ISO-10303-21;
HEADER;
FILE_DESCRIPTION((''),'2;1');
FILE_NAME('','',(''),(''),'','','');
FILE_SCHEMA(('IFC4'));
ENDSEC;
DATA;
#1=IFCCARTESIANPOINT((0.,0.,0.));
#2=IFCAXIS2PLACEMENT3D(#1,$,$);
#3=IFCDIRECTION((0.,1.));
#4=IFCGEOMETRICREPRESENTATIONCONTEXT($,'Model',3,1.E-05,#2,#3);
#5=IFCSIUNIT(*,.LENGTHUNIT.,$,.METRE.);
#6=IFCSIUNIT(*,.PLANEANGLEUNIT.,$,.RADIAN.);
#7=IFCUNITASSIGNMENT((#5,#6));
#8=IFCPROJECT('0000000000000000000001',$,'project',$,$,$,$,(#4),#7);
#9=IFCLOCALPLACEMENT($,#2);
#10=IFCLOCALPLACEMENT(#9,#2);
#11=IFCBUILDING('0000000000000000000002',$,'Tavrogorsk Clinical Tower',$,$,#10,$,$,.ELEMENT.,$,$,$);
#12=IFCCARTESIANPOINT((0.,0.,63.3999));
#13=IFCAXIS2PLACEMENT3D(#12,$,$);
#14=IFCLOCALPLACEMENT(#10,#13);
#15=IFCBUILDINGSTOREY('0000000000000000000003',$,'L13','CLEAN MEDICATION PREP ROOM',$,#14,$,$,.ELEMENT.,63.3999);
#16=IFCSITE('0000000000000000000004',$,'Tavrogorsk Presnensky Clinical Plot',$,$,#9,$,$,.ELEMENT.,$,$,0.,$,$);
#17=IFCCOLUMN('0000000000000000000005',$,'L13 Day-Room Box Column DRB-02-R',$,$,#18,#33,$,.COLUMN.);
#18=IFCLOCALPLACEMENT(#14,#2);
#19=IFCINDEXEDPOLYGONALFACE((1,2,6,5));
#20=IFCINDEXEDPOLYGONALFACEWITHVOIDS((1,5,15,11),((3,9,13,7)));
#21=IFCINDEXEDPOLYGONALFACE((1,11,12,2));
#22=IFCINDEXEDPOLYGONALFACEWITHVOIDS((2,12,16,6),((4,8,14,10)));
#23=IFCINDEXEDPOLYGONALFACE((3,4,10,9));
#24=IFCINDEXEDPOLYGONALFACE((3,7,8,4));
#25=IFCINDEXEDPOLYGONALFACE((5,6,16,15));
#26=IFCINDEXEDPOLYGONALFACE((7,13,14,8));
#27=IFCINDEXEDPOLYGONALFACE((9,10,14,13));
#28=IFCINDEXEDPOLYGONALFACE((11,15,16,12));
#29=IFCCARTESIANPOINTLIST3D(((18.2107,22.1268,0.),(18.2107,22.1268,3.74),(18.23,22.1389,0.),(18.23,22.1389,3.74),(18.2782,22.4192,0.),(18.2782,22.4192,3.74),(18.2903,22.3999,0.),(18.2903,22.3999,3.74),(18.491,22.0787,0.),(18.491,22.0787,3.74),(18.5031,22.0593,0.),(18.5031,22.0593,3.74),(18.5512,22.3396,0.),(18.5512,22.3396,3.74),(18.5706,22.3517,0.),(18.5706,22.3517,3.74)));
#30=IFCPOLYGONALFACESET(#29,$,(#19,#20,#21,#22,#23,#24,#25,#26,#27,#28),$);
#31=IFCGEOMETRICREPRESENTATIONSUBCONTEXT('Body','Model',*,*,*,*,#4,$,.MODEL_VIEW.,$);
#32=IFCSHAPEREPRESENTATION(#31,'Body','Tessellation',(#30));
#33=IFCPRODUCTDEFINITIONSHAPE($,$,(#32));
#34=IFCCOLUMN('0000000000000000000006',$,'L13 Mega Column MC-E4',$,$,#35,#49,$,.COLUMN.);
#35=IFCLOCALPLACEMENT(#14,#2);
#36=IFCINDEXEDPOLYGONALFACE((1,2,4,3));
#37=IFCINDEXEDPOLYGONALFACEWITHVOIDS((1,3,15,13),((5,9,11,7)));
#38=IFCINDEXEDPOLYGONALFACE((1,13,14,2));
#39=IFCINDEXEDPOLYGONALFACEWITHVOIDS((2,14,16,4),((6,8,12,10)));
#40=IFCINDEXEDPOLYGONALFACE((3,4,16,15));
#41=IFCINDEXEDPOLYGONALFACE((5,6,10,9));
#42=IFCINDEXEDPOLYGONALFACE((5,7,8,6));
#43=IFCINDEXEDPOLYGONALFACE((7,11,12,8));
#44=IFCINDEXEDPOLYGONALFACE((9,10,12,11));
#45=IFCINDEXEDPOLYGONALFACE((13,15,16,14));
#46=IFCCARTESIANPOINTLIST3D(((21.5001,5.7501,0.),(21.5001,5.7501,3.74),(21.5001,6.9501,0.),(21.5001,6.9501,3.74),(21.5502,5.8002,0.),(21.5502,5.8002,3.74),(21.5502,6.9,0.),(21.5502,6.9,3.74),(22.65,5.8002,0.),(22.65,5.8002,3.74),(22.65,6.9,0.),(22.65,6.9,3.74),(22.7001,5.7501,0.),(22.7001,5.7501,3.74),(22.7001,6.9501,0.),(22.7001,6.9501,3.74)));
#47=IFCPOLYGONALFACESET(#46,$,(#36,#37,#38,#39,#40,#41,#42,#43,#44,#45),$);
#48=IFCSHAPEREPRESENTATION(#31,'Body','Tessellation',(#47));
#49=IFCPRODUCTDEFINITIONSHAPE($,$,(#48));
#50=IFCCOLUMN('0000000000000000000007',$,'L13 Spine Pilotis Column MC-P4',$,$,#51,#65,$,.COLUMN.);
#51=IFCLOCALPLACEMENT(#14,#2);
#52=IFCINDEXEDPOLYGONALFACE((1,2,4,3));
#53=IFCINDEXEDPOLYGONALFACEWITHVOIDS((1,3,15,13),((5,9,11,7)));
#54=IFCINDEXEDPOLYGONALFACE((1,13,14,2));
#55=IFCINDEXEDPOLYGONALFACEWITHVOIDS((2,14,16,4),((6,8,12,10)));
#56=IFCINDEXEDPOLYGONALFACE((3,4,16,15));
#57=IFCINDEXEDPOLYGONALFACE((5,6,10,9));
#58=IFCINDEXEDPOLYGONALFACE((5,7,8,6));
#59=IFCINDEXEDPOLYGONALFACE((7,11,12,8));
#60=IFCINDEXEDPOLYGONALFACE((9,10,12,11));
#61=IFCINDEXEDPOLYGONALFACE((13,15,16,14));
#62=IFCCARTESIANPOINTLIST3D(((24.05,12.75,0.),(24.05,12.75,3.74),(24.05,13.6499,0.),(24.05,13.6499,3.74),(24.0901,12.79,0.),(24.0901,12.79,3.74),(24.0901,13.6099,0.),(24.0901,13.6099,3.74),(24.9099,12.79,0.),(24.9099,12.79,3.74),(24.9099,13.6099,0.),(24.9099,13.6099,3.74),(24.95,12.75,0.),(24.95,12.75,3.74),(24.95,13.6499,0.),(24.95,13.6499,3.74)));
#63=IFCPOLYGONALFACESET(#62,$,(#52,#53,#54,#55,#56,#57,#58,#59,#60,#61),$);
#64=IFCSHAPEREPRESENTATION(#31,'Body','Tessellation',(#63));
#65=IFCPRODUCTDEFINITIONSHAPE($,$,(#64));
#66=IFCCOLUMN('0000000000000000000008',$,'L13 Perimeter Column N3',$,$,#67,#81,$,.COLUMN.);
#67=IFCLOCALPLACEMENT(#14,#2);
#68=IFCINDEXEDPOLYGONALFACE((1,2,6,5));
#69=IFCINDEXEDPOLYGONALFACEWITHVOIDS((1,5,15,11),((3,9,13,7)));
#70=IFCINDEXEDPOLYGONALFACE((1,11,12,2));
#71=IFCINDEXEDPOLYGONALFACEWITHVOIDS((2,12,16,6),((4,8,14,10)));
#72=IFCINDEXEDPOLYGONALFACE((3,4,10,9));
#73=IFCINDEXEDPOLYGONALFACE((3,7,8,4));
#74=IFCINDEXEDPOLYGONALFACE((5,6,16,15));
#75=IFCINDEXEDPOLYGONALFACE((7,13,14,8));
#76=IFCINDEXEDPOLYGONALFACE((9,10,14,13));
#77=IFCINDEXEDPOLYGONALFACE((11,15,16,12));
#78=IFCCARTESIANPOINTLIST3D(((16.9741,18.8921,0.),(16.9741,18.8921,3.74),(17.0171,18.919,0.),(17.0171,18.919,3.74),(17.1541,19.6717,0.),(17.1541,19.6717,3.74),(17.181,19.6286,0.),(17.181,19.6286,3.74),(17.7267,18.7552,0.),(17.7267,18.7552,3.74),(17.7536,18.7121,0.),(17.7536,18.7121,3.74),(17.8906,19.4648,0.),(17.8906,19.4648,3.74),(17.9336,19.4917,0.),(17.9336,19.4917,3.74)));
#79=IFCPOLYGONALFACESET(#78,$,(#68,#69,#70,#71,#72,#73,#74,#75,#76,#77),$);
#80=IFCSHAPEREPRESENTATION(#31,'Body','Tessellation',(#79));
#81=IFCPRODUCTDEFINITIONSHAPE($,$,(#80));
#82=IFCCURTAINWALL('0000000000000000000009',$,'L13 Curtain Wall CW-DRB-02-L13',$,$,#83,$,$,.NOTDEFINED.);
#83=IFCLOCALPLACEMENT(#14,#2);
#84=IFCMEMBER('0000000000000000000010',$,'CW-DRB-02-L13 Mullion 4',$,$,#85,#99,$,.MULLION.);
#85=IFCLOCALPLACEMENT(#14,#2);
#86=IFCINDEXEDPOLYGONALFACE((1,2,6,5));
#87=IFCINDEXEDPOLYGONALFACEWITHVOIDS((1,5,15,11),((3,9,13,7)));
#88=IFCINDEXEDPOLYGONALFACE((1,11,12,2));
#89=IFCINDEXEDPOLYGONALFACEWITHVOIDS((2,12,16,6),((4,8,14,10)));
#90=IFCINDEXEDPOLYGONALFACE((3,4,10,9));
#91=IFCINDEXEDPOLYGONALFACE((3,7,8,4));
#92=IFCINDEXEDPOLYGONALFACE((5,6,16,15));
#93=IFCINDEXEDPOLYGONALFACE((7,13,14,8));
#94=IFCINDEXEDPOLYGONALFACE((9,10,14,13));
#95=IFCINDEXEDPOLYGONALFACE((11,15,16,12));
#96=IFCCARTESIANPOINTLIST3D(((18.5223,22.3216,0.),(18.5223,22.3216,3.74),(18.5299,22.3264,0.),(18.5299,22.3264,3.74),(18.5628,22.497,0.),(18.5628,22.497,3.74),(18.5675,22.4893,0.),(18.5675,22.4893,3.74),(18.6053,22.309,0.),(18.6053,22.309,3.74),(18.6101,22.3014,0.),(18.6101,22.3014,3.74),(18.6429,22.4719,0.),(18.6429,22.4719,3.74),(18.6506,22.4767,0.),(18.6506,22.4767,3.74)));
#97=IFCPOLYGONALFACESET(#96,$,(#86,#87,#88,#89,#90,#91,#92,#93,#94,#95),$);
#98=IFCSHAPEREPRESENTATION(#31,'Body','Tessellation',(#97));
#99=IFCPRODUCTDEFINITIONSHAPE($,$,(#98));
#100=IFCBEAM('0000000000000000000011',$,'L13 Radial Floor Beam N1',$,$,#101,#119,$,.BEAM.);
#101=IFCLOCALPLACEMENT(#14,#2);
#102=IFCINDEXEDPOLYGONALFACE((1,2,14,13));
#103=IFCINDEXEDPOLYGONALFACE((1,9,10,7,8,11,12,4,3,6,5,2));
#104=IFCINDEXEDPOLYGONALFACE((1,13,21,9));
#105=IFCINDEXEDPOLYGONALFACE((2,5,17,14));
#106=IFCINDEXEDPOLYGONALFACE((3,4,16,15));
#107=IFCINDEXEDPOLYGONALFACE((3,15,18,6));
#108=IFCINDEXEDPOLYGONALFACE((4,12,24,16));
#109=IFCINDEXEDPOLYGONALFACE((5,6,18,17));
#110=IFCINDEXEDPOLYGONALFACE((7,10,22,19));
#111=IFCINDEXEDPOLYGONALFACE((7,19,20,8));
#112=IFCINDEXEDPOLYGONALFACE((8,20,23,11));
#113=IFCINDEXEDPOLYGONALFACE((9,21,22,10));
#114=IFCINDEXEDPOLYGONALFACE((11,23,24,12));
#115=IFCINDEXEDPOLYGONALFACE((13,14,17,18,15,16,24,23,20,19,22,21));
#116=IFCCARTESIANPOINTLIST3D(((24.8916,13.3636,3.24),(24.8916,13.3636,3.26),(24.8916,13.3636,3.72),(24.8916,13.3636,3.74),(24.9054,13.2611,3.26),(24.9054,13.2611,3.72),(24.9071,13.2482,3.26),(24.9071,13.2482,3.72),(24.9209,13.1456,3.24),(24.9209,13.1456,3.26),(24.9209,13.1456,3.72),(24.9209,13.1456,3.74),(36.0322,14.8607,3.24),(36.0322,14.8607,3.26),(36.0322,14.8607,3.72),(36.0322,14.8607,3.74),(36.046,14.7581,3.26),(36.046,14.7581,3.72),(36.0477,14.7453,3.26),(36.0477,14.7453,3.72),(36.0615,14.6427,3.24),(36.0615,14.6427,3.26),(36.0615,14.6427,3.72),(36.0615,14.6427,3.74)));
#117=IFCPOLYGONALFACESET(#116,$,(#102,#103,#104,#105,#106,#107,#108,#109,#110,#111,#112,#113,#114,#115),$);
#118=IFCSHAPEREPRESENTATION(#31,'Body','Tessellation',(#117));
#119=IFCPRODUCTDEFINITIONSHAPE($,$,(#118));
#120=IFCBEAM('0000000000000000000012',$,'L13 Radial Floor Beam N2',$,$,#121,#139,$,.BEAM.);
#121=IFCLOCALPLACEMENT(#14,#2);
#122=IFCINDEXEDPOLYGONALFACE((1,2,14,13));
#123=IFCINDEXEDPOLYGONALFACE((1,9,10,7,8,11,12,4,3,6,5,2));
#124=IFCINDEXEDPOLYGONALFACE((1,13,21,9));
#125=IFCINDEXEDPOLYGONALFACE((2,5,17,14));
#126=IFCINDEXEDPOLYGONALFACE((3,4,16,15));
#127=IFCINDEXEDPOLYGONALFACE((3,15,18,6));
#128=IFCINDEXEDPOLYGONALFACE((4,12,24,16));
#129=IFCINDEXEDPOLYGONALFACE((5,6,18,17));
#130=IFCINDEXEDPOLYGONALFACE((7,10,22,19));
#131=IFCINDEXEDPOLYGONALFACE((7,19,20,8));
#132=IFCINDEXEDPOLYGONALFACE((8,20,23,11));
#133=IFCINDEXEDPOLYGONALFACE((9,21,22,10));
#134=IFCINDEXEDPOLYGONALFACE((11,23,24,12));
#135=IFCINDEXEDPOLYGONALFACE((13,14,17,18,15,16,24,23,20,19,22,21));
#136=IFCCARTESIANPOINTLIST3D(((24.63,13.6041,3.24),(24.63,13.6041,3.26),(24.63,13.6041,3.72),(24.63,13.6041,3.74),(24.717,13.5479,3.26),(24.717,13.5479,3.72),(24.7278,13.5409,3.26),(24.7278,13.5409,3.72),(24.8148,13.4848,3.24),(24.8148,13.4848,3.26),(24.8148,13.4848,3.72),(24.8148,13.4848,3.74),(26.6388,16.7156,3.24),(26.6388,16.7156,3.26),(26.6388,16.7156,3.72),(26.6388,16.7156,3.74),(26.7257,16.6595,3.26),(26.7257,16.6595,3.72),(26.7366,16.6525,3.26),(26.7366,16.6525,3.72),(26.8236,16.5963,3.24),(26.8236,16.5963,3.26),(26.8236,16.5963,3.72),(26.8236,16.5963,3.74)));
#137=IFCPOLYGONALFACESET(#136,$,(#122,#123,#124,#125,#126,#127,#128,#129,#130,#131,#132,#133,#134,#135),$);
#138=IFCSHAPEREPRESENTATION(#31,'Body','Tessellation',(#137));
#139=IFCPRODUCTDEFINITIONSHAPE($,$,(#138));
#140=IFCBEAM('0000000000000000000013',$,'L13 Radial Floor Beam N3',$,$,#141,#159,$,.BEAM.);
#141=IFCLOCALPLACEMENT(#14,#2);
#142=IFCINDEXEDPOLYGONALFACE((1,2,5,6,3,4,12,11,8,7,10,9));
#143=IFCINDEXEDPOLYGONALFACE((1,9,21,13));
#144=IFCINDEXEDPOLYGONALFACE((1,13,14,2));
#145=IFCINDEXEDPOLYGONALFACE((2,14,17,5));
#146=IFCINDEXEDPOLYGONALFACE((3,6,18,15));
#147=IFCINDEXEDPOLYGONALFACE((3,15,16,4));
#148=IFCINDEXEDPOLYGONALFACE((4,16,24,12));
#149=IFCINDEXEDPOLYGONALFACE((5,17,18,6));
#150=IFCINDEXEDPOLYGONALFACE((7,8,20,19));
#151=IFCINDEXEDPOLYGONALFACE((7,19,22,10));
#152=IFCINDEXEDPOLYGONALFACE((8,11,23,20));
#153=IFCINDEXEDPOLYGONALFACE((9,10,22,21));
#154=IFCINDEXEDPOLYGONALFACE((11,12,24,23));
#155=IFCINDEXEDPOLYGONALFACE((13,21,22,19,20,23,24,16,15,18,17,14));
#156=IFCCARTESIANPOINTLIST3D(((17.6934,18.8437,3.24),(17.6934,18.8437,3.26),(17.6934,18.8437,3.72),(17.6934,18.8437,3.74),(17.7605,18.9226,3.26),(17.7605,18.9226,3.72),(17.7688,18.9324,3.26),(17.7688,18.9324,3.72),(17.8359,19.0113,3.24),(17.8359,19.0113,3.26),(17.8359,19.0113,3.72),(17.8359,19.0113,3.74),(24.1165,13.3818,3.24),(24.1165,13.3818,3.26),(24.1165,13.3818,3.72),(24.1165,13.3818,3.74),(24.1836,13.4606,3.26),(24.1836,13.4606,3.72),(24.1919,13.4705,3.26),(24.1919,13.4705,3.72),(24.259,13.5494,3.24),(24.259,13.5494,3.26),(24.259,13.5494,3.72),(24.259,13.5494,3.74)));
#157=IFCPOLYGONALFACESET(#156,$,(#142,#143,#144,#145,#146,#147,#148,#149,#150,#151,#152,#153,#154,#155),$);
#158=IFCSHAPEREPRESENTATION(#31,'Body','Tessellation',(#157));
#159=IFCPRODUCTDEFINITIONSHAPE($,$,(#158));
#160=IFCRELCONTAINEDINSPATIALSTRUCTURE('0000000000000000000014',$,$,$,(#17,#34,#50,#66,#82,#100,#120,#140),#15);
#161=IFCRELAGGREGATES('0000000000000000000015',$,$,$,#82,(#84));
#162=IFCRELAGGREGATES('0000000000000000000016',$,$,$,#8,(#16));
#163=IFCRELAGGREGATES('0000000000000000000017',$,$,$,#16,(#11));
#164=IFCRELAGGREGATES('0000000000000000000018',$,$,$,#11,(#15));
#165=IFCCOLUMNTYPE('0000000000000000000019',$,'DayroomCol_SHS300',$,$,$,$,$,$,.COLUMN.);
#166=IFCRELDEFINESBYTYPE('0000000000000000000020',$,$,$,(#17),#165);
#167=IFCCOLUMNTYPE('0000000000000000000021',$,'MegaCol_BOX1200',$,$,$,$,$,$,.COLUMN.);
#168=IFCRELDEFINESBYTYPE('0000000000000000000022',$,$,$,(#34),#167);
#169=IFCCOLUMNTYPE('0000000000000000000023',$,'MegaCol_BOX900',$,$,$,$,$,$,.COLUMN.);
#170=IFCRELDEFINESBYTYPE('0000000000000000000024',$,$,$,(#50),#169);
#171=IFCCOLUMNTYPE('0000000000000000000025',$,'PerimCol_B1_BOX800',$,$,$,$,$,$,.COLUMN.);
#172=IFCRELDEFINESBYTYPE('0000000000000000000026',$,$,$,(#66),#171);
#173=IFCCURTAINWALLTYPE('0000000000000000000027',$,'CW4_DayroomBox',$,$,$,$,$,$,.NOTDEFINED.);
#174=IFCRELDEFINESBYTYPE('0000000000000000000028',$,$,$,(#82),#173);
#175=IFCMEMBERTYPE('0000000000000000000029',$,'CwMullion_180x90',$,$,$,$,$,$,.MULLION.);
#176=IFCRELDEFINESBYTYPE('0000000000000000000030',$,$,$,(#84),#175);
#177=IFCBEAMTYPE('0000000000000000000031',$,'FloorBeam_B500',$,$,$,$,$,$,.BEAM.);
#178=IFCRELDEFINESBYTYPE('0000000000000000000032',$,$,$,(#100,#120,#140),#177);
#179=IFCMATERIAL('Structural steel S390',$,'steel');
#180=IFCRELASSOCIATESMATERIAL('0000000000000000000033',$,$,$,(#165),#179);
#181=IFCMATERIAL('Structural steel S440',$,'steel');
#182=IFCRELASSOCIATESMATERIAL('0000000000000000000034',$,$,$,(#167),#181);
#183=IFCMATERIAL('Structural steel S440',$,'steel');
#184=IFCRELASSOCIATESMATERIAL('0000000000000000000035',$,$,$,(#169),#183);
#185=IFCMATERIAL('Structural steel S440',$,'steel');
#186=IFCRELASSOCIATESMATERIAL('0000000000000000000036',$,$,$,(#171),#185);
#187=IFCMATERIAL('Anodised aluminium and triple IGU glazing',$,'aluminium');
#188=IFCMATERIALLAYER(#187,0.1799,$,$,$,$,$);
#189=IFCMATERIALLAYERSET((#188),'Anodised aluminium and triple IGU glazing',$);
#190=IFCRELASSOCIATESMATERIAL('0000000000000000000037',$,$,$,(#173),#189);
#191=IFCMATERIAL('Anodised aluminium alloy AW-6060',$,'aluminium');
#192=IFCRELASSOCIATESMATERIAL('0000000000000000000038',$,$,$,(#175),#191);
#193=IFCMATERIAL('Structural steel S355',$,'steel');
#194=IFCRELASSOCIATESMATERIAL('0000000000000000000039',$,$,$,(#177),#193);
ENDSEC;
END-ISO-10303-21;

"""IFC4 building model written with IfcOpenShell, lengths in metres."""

from ifc_helpers import new_model, si_unit, direction, frame, origin, origin_2d, place, context, subcontext, project, spatial, hollow_rectangle, i_section, extrude, material, layer, layer_set, material_profile, profile_set, type_object, element, aggregate, save


model = new_model("IFC4")

# Units and contexts
model_context = context("Model", 3, precision=1e-05, world=origin(), true_north=direction((0.0, 1.0)))
body_context = subcontext(model_context, "Body", "Model", "MODEL_VIEW")
ifc_project = project(units=[si_unit("LENGTHUNIT", "METRE"), si_unit("PLANEANGLEUNIT", "RADIAN")], contexts=[model_context])

# Site, building, storey
site_placement = place(None, origin())
site = spatial("IfcSite", under=ifc_project, at=site_placement, Name="Tavrogorsk Presnensky Clinical Plot", CompositionType="ELEMENT", RefElevation=0.0)
building_placement = place(site_placement, origin())
building = spatial("IfcBuilding", under=site, at=building_placement, Name="Tavrogorsk Clinical Tower", CompositionType="ELEMENT")
storey_placement = place(building_placement, frame((0.0, 0.0, 63.3999)))
storey = spatial("IfcBuildingStorey", under=building, at=storey_placement, Name="L13", Description="CLEAN MEDICATION PREP ROOM", CompositionType="ELEMENT", Elevation=63.3999)

# Columns
ifc_material_1 = material(Name="Structural steel S390", Category="steel")
ifc_material_profile_1 = material_profile(ifc_material_1, hollow_rectangle(XDim=0.3, YDim=0.3, WallThickness=0.0161, at=origin_2d()), Name="SHS-300x300x16")
ifc_profile_set_1 = profile_set([ifc_material_profile_1], Name="Structural steel S390")
column_type_1 = type_object("IfcColumnType", Name="DayroomCol_SHS300", PredefinedType="COLUMN", material=ifc_profile_set_1)
column_1_placement = place(storey_placement, frame((18.3906, 22.2393, 0.0), z_axis=(0.0, 0.0, 1.0), x_axis=(0.97437, -0.224951, 0.0)))
element("IfcColumn", 1, at=column_1_placement, inside=storey, type_object=column_type_1, Name="L13 Day-Room Box Column DRB-02-R", PredefinedType="COLUMN", context=body_context, shape_type="SweptSolid", body=[
    extrude(hollow_rectangle(XDim=0.3, YDim=0.3, WallThickness=0.0161, at=origin_2d()), origin(), (0.0, 0.0, 1.0), 3.74),
])
ifc_material_2 = material(Name="Structural steel S440", Category="steel")
ifc_material_profile_2 = material_profile(ifc_material_2, hollow_rectangle(XDim=1.2, YDim=1.2, WallThickness=0.05, at=origin_2d()), Name="BOX-1200x1200x50")
ifc_profile_set_2 = profile_set([ifc_material_profile_2], Name="Structural steel S440")
column_type_2 = type_object("IfcColumnType", Name="MegaCol_BOX1200", PredefinedType="COLUMN", material=ifc_profile_set_2)
column_2_placement = place(storey_placement, frame((22.1001, 6.3501, 0.0), z_axis=(0.0, 0.0, 1.0), x_axis=(1.0, 0.0, 0.0)))
element("IfcColumn", 2, at=column_2_placement, inside=storey, type_object=column_type_2, Name="L13 Mega Column MC-E4", PredefinedType="COLUMN", context=body_context, shape_type="SweptSolid", body=[
    extrude(hollow_rectangle(XDim=1.2, YDim=1.2, WallThickness=0.05, at=origin_2d()), origin(), (0.0, 0.0, 1.0), 3.74),
])
ifc_material_3 = material(Name="Structural steel S440", Category="steel")
ifc_material_profile_3 = material_profile(ifc_material_3, hollow_rectangle(XDim=0.8999, YDim=0.8999, WallThickness=0.04, at=origin_2d()), Name="BOX-900x900x40")
ifc_profile_set_3 = profile_set([ifc_material_profile_3], Name="Structural steel S440")
column_type_3 = type_object("IfcColumnType", Name="MegaCol_BOX900", PredefinedType="COLUMN", material=ifc_profile_set_3)
column_3_placement = place(storey_placement, frame((24.5, 13.2, 0.0), z_axis=(0.0, 0.0, 1.0), x_axis=(1.0, 0.0, 0.0)))
element("IfcColumn", 3, at=column_3_placement, inside=storey, type_object=column_type_3, Name="L13 Spine Pilotis Column MC-P4", PredefinedType="COLUMN", context=body_context, shape_type="SweptSolid", body=[
    extrude(hollow_rectangle(XDim=0.8999, YDim=0.8999, WallThickness=0.04, at=origin_2d()), origin(), (0.0, 0.0, 1.0), 3.74),
])
ifc_material_4 = material(Name="Structural steel S440", Category="steel")
ifc_material_profile_4 = material_profile(ifc_material_4, hollow_rectangle(XDim=0.8, YDim=0.8, WallThickness=0.0359, at=origin_2d()), Name="BOX-800x800x36")
ifc_profile_set_4 = profile_set([ifc_material_profile_4], Name="Structural steel S440")
column_type_4 = type_object("IfcColumnType", Name="PerimCol_B1_BOX800", PredefinedType="COLUMN", material=ifc_profile_set_4)
column_4_placement = place(storey_placement, frame((17.4539, 19.1919, 0.0), z_axis=(0.0, 0.0, 1.0), x_axis=(0.97437, -0.224951, 0.0)))
element("IfcColumn", 4, at=column_4_placement, inside=storey, type_object=column_type_4, Name="L13 Perimeter Column N3", PredefinedType="COLUMN", context=body_context, shape_type="SweptSolid", body=[
    extrude(hollow_rectangle(XDim=0.8, YDim=0.8, WallThickness=0.0359, at=origin_2d()), origin(), (0.0, 0.0, 1.0), 3.74),
])

# Curtain wall, member
ifc_material_5 = material(Name="Anodised aluminium and triple IGU glazing", Category="aluminium")
ifc_layer_1 = layer(ifc_material_5, 0.1799)
ifc_layer_set_1 = layer_set([ifc_layer_1], Name="Anodised aluminium and triple IGU glazing")
curtain_wall_type = type_object("IfcCurtainWallType", Name="CW4_DayroomBox", PredefinedType="NOTDEFINED", material=ifc_layer_set_1)
curtain_wall_placement = place(storey_placement, origin())
curtain_wall = element("IfcCurtainWall", 5, at=curtain_wall_placement, inside=storey, type_object=curtain_wall_type, Name="L13 Curtain Wall CW-DRB-02-L13", PredefinedType="NOTDEFINED")
ifc_material_6 = material(Name="Anodised aluminium alloy AW-6060", Category="aluminium")
ifc_material_profile_5 = material_profile(ifc_material_6, hollow_rectangle(XDim=0.0901, YDim=0.1799, WallThickness=0.0063, at=origin_2d()), Name="RHS-180x90x6.3")
ifc_profile_set_5 = profile_set([ifc_material_profile_5], Name="Anodised aluminium alloy AW-6060")
member_type = type_object("IfcMemberType", Name="CwMullion_180x90", PredefinedType="MULLION", material=ifc_profile_set_5)
member_placement = place(storey_placement, frame((18.5864, 22.3992, 0.0), z_axis=(0.0, 0.0, 1.0), x_axis=(0.97437, -0.224951, 0.0)))
member = element("IfcMember", 6, at=member_placement, type_object=member_type, Name="CW-DRB-02-L13 Mullion 4", PredefinedType="MULLION", context=body_context, shape_type="SweptSolid", body=[
    extrude(hollow_rectangle(XDim=0.0901, YDim=0.1799, WallThickness=0.0063, at=origin_2d()), origin(), (0.0, 0.0, 1.0), 3.74),
])

# Beams
ifc_material_7 = material(Name="Structural steel S355", Category="steel")
ifc_material_profile_6 = material_profile(ifc_material_7, i_section(OverallWidth=0.22, OverallDepth=0.5, WebThickness=0.0129, FlangeThickness=0.02, at=origin_2d()), Name="B-500x220x13x20")
ifc_profile_set_6 = profile_set([ifc_material_profile_6], Name="Structural steel S355")
beam_type_1 = type_object("IfcBeamType", Name="FloorBeam_B500", PredefinedType="BEAM", material=ifc_profile_set_6)
beam_1_placement = place(storey_placement, frame((24.9062, 13.2546, 3.49), z_axis=(0.991092, 0.133182, 0.0), x_axis=(-0.133182, 0.991092, 0.0)))
element("IfcBeam", 7, at=beam_1_placement, inside=storey, type_object=beam_type_1, Name="L13 Radial Floor Beam N1", PredefinedType="BEAM", context=body_context, shape_type="SweptSolid", body=[
    extrude(i_section(OverallWidth=0.22, OverallDepth=0.5, WebThickness=0.0129, FlangeThickness=0.02, at=origin_2d()), origin(), (0.0, 0.0, 1.0), 11.2407),
])
beam_2_placement = place(storey_placement, frame((24.7224, 13.5444, 3.49), z_axis=(0.542379, 0.840134, 0.0), x_axis=(-0.840134, 0.542379, 0.0)))
element("IfcBeam", 8, at=beam_2_placement, inside=storey, type_object=beam_type_1, Name="L13 Radial Floor Beam N2", PredefinedType="BEAM", context=body_context, shape_type="SweptSolid", body=[
    extrude(i_section(OverallWidth=0.22, OverallDepth=0.5, WebThickness=0.0129, FlangeThickness=0.02, at=origin_2d()), origin(), (0.0, 0.0, 1.0), 3.7036),
])
beam_3_placement = place(storey_placement, frame((24.1877, 13.4656, 3.49), z_axis=(-0.761806, 0.647806, 0.0), x_axis=(-0.647806, -0.761806, 0.0)))
element("IfcBeam", 9, at=beam_3_placement, inside=storey, type_object=beam_type_1, Name="L13 Radial Floor Beam N3", PredefinedType="BEAM", context=body_context, shape_type="SweptSolid", body=[
    extrude(i_section(OverallWidth=0.22, OverallDepth=0.5, WebThickness=0.0129, FlangeThickness=0.02, at=origin_2d()), origin(), (0.0, 0.0, 1.0), 8.4314),
])

aggregate(curtain_wall, [member])

save(model, "model.ifc")
